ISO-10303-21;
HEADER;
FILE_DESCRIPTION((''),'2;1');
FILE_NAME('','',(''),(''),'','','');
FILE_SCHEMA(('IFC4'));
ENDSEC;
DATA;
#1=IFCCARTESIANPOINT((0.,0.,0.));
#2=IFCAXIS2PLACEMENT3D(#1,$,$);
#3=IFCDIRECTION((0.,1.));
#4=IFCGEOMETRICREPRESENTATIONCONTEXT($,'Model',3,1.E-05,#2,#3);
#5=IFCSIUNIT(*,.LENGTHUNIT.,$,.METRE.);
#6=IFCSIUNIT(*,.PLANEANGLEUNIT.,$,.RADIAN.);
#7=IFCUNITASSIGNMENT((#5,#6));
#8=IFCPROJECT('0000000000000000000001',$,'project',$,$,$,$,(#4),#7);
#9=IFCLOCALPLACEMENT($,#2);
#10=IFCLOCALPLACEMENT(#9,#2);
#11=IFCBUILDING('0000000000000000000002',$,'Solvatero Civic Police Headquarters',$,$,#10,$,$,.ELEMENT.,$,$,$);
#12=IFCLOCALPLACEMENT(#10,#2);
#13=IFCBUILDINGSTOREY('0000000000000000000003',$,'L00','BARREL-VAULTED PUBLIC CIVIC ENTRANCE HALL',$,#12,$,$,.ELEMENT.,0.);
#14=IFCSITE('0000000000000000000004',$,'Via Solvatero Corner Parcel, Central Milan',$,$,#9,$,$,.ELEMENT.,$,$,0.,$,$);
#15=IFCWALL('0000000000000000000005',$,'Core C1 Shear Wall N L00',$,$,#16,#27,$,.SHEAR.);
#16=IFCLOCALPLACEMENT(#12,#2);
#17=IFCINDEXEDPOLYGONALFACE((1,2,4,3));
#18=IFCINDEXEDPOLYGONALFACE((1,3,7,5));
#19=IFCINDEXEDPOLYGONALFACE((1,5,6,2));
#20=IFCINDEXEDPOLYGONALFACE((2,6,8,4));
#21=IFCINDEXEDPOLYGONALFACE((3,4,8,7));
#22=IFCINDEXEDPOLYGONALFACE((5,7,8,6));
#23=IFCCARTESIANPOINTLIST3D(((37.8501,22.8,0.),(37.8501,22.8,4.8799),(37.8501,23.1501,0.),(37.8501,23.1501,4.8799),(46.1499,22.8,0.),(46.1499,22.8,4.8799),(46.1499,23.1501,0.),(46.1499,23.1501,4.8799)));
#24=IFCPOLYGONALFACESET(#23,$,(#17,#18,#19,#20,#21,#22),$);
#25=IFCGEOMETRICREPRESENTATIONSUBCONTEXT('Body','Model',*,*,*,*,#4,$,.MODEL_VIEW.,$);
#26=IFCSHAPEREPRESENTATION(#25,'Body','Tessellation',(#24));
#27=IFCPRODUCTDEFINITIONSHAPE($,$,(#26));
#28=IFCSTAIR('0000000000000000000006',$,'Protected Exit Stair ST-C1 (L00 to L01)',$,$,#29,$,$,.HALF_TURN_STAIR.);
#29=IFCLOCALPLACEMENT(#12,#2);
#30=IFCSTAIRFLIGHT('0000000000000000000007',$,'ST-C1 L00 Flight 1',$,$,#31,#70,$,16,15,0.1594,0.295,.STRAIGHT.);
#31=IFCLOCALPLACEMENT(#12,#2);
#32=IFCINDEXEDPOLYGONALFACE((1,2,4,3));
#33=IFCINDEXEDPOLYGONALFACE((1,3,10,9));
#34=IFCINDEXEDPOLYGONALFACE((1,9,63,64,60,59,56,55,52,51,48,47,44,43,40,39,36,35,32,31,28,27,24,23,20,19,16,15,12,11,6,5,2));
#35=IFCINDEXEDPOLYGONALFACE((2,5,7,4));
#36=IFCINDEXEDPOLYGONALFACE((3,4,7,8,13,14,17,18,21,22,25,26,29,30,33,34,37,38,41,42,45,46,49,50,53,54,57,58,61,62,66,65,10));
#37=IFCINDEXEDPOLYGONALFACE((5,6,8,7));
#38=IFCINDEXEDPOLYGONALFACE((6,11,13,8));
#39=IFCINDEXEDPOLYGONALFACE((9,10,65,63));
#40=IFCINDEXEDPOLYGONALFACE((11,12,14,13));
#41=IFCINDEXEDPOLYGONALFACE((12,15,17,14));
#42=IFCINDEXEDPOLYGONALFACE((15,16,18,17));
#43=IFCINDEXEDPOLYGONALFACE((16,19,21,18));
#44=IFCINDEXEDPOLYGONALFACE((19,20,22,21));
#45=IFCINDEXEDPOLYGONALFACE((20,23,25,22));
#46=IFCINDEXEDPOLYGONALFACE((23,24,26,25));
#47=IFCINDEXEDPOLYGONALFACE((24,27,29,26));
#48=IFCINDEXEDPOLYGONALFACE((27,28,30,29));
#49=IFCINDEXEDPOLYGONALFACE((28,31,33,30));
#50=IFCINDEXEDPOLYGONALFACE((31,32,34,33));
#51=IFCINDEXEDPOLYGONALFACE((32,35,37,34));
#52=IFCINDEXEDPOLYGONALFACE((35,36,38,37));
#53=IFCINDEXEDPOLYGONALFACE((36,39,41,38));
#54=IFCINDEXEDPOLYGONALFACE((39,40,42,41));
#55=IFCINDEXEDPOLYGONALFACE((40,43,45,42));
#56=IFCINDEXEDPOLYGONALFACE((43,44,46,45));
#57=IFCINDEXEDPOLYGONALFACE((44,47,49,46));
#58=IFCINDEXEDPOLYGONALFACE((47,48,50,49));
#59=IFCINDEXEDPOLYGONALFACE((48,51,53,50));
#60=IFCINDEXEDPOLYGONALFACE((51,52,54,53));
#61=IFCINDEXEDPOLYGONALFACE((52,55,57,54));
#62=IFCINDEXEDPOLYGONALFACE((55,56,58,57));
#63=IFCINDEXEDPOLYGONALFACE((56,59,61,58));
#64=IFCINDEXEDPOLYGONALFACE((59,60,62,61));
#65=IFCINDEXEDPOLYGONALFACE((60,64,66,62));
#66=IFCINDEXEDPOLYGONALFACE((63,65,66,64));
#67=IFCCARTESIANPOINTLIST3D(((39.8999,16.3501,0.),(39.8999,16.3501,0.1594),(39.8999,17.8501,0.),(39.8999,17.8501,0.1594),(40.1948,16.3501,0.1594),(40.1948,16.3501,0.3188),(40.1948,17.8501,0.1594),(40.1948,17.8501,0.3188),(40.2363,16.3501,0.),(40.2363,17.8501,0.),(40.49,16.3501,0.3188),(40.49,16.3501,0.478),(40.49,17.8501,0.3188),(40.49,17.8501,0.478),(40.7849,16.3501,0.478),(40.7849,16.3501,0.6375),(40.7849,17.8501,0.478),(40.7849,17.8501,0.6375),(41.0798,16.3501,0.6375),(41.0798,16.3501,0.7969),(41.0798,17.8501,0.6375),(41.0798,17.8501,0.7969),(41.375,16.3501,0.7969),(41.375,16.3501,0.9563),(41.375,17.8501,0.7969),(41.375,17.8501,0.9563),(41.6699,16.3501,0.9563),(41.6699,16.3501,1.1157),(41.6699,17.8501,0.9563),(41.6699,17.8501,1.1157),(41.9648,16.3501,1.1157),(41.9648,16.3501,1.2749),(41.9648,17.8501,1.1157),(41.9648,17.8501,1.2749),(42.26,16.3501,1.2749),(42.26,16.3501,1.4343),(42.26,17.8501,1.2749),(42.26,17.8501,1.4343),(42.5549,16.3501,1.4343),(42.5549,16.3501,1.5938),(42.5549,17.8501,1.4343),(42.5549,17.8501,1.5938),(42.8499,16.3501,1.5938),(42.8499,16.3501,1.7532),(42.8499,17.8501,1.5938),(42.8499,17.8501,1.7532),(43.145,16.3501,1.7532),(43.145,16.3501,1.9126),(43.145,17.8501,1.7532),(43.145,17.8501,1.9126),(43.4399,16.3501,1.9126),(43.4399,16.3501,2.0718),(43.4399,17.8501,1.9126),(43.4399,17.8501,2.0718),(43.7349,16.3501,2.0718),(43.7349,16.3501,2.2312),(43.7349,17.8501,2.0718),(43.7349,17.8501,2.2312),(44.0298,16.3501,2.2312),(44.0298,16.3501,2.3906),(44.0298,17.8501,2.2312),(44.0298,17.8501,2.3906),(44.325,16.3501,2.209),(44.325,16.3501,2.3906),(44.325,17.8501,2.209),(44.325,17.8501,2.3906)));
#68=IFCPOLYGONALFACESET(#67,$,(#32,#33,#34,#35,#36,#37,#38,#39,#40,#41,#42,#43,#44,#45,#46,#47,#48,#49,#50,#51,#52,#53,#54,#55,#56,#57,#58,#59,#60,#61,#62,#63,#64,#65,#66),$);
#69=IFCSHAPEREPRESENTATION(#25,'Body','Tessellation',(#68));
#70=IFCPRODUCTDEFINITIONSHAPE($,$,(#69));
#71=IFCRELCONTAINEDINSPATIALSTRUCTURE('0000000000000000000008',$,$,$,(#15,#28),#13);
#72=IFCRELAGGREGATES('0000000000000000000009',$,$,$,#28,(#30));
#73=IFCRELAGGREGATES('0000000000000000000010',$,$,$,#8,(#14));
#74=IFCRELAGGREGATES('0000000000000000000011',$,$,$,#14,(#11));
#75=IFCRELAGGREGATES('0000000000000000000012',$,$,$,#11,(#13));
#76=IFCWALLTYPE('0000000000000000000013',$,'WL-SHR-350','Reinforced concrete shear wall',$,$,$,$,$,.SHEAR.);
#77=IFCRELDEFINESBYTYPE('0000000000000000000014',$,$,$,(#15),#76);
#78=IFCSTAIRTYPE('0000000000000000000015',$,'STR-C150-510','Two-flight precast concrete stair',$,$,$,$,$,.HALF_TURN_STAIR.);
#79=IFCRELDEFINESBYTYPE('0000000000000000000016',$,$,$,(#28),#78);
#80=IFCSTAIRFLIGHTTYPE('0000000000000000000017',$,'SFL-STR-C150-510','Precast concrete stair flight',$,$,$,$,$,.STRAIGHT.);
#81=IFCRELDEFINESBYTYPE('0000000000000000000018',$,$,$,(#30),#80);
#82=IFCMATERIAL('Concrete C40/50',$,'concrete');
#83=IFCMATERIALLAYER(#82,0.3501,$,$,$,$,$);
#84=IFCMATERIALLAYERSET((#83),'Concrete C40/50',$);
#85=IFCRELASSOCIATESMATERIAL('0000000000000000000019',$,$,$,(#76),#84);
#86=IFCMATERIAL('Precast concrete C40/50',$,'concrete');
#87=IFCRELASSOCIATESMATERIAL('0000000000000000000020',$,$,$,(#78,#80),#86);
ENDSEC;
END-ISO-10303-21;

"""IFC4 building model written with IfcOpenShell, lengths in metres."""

from ifc_helpers import new_model, si_unit, direction, frame, frame_2d, origin, place, context, subcontext, project, spatial, polyline, rectangle, outline, extrude, material, layer, layer_set, type_object, element, aggregate, save


model = new_model("IFC4")

# Units and contexts
model_context = context("Model", 3, precision=1e-05, world=origin(), true_north=direction((0.0, 1.0)))
body_context = subcontext(model_context, "Body", "Model", "MODEL_VIEW")
ifc_project = project(units=[si_unit("LENGTHUNIT", "METRE"), si_unit("PLANEANGLEUNIT", "RADIAN")], contexts=[model_context])

# Site, building, storey
site_placement = place(None, origin())
site = spatial("IfcSite", under=ifc_project, at=site_placement, Name="Via Solvatero Corner Parcel, Central Milan", CompositionType="ELEMENT", RefElevation=0.0)
building_placement = place(site_placement, origin())
building = spatial("IfcBuilding", under=site, at=building_placement, Name="Solvatero Civic Police Headquarters", CompositionType="ELEMENT")
storey_placement = place(building_placement, origin())
storey = spatial("IfcBuildingStorey", under=building, at=storey_placement, Name="L00", Description="BARREL-VAULTED PUBLIC CIVIC ENTRANCE HALL", CompositionType="ELEMENT", Elevation=0.0)

# Shared definitions
ifc_material_1 = material(Name="Concrete C40/50", Category="concrete")

# Wall
ifc_layer_1 = layer(ifc_material_1, 0.3501)
ifc_layer_set_1 = layer_set([ifc_layer_1], Name="Concrete C40/50")
wall_type_1 = type_object("IfcWallType", Name="WL-SHR-350", Description="Reinforced concrete shear wall", PredefinedType="SHEAR", material=ifc_layer_set_1)
wall_placement = place(storey_placement, frame((37.8501, 22.9751, 0.0), z_axis=(0.0, 0.0, 1.0), x_axis=(1.0, 0.0, 0.0)))
element("IfcWall", 1, at=wall_placement, inside=storey, type_object=wall_type_1, Name="Core C1 Shear Wall N L00", PredefinedType="SHEAR", context=body_context, shape_type="SweptSolid", body=[
    extrude(rectangle(XDim=8.2998, YDim=0.3501, at=frame_2d((4.1499, 0.0))), origin(), (0.0, 0.0, 1.0), 4.8799),
])

# Stair, stair flight
ifc_material_2 = material(Name="Precast concrete C40/50", Category="concrete")
stair_type = type_object("IfcStairType", Name="STR-C150-510", Description="Two-flight precast concrete stair", PredefinedType="HALF_TURN_STAIR", material=ifc_material_2)
stair_placement = place(storey_placement, origin())
stair = element("IfcStair", 2, at=stair_placement, inside=storey, type_object=stair_type, Name="Protected Exit Stair ST-C1 (L00 to L01)", PredefinedType="HALF_TURN_STAIR")
stair_flight_type = type_object("IfcStairFlightType", Name="SFL-STR-C150-510", Description="Precast concrete stair flight", PredefinedType="STRAIGHT", material=ifc_material_2)
stair_flight_placement = place(storey_placement, frame((39.8999, 17.1001, 0.0), z_axis=(0.0, 0.0, 1.0), x_axis=(1.0, 0.0, 0.0)))
stair_flight = element("IfcStairFlight", 3, at=stair_flight_placement, type_object=stair_flight_type, Name="ST-C1 L00 Flight 1", NumberOfRisers=16, NumberOfTreads=15, PredefinedType="STRAIGHT", RiserHeight=0.1594, TreadLength=0.295, context=body_context, shape_type="SweptSolid", body=[
    extrude(outline(polyline([(0.0, 0.0), (0.0, 0.1594), (0.2949, 0.1594), (0.2949, 0.3188), (0.5901, 0.3188), (0.5901, 0.478), (0.885, 0.478), (0.885, 0.6375), (1.1799, 0.6375), (1.1799, 0.7969), (1.4751, 0.7969), (1.4751, 0.9563), (1.77, 0.9563), (1.77, 1.1157), (2.0649, 1.1157), (2.0649, 1.2749), (2.3601, 1.2749), (2.3601, 1.4343), (2.655, 1.4343), (2.655, 1.5938), (2.95, 1.5938), (2.95, 1.7532), (3.2451, 1.7532), (3.2451, 1.9126), (3.54, 1.9126), (3.54, 2.0718), (3.835, 2.0718), (3.835, 2.2312), (4.1299, 2.2312), (4.1299, 2.3906), (4.425, 2.3906), (4.425, 2.55), (4.425, 2.209), (0.3364, 0.0), (0.0, 0.0)])), frame((0.0, 0.75, 0.0), z_axis=(0.0, -1.0, 0.0), x_axis=(1.0, 0.0, 0.0)), (0.0, 0.0, 1.0), 1.5),
])
aggregate(stair, [stair_flight])

save(model, "model.ifc")
